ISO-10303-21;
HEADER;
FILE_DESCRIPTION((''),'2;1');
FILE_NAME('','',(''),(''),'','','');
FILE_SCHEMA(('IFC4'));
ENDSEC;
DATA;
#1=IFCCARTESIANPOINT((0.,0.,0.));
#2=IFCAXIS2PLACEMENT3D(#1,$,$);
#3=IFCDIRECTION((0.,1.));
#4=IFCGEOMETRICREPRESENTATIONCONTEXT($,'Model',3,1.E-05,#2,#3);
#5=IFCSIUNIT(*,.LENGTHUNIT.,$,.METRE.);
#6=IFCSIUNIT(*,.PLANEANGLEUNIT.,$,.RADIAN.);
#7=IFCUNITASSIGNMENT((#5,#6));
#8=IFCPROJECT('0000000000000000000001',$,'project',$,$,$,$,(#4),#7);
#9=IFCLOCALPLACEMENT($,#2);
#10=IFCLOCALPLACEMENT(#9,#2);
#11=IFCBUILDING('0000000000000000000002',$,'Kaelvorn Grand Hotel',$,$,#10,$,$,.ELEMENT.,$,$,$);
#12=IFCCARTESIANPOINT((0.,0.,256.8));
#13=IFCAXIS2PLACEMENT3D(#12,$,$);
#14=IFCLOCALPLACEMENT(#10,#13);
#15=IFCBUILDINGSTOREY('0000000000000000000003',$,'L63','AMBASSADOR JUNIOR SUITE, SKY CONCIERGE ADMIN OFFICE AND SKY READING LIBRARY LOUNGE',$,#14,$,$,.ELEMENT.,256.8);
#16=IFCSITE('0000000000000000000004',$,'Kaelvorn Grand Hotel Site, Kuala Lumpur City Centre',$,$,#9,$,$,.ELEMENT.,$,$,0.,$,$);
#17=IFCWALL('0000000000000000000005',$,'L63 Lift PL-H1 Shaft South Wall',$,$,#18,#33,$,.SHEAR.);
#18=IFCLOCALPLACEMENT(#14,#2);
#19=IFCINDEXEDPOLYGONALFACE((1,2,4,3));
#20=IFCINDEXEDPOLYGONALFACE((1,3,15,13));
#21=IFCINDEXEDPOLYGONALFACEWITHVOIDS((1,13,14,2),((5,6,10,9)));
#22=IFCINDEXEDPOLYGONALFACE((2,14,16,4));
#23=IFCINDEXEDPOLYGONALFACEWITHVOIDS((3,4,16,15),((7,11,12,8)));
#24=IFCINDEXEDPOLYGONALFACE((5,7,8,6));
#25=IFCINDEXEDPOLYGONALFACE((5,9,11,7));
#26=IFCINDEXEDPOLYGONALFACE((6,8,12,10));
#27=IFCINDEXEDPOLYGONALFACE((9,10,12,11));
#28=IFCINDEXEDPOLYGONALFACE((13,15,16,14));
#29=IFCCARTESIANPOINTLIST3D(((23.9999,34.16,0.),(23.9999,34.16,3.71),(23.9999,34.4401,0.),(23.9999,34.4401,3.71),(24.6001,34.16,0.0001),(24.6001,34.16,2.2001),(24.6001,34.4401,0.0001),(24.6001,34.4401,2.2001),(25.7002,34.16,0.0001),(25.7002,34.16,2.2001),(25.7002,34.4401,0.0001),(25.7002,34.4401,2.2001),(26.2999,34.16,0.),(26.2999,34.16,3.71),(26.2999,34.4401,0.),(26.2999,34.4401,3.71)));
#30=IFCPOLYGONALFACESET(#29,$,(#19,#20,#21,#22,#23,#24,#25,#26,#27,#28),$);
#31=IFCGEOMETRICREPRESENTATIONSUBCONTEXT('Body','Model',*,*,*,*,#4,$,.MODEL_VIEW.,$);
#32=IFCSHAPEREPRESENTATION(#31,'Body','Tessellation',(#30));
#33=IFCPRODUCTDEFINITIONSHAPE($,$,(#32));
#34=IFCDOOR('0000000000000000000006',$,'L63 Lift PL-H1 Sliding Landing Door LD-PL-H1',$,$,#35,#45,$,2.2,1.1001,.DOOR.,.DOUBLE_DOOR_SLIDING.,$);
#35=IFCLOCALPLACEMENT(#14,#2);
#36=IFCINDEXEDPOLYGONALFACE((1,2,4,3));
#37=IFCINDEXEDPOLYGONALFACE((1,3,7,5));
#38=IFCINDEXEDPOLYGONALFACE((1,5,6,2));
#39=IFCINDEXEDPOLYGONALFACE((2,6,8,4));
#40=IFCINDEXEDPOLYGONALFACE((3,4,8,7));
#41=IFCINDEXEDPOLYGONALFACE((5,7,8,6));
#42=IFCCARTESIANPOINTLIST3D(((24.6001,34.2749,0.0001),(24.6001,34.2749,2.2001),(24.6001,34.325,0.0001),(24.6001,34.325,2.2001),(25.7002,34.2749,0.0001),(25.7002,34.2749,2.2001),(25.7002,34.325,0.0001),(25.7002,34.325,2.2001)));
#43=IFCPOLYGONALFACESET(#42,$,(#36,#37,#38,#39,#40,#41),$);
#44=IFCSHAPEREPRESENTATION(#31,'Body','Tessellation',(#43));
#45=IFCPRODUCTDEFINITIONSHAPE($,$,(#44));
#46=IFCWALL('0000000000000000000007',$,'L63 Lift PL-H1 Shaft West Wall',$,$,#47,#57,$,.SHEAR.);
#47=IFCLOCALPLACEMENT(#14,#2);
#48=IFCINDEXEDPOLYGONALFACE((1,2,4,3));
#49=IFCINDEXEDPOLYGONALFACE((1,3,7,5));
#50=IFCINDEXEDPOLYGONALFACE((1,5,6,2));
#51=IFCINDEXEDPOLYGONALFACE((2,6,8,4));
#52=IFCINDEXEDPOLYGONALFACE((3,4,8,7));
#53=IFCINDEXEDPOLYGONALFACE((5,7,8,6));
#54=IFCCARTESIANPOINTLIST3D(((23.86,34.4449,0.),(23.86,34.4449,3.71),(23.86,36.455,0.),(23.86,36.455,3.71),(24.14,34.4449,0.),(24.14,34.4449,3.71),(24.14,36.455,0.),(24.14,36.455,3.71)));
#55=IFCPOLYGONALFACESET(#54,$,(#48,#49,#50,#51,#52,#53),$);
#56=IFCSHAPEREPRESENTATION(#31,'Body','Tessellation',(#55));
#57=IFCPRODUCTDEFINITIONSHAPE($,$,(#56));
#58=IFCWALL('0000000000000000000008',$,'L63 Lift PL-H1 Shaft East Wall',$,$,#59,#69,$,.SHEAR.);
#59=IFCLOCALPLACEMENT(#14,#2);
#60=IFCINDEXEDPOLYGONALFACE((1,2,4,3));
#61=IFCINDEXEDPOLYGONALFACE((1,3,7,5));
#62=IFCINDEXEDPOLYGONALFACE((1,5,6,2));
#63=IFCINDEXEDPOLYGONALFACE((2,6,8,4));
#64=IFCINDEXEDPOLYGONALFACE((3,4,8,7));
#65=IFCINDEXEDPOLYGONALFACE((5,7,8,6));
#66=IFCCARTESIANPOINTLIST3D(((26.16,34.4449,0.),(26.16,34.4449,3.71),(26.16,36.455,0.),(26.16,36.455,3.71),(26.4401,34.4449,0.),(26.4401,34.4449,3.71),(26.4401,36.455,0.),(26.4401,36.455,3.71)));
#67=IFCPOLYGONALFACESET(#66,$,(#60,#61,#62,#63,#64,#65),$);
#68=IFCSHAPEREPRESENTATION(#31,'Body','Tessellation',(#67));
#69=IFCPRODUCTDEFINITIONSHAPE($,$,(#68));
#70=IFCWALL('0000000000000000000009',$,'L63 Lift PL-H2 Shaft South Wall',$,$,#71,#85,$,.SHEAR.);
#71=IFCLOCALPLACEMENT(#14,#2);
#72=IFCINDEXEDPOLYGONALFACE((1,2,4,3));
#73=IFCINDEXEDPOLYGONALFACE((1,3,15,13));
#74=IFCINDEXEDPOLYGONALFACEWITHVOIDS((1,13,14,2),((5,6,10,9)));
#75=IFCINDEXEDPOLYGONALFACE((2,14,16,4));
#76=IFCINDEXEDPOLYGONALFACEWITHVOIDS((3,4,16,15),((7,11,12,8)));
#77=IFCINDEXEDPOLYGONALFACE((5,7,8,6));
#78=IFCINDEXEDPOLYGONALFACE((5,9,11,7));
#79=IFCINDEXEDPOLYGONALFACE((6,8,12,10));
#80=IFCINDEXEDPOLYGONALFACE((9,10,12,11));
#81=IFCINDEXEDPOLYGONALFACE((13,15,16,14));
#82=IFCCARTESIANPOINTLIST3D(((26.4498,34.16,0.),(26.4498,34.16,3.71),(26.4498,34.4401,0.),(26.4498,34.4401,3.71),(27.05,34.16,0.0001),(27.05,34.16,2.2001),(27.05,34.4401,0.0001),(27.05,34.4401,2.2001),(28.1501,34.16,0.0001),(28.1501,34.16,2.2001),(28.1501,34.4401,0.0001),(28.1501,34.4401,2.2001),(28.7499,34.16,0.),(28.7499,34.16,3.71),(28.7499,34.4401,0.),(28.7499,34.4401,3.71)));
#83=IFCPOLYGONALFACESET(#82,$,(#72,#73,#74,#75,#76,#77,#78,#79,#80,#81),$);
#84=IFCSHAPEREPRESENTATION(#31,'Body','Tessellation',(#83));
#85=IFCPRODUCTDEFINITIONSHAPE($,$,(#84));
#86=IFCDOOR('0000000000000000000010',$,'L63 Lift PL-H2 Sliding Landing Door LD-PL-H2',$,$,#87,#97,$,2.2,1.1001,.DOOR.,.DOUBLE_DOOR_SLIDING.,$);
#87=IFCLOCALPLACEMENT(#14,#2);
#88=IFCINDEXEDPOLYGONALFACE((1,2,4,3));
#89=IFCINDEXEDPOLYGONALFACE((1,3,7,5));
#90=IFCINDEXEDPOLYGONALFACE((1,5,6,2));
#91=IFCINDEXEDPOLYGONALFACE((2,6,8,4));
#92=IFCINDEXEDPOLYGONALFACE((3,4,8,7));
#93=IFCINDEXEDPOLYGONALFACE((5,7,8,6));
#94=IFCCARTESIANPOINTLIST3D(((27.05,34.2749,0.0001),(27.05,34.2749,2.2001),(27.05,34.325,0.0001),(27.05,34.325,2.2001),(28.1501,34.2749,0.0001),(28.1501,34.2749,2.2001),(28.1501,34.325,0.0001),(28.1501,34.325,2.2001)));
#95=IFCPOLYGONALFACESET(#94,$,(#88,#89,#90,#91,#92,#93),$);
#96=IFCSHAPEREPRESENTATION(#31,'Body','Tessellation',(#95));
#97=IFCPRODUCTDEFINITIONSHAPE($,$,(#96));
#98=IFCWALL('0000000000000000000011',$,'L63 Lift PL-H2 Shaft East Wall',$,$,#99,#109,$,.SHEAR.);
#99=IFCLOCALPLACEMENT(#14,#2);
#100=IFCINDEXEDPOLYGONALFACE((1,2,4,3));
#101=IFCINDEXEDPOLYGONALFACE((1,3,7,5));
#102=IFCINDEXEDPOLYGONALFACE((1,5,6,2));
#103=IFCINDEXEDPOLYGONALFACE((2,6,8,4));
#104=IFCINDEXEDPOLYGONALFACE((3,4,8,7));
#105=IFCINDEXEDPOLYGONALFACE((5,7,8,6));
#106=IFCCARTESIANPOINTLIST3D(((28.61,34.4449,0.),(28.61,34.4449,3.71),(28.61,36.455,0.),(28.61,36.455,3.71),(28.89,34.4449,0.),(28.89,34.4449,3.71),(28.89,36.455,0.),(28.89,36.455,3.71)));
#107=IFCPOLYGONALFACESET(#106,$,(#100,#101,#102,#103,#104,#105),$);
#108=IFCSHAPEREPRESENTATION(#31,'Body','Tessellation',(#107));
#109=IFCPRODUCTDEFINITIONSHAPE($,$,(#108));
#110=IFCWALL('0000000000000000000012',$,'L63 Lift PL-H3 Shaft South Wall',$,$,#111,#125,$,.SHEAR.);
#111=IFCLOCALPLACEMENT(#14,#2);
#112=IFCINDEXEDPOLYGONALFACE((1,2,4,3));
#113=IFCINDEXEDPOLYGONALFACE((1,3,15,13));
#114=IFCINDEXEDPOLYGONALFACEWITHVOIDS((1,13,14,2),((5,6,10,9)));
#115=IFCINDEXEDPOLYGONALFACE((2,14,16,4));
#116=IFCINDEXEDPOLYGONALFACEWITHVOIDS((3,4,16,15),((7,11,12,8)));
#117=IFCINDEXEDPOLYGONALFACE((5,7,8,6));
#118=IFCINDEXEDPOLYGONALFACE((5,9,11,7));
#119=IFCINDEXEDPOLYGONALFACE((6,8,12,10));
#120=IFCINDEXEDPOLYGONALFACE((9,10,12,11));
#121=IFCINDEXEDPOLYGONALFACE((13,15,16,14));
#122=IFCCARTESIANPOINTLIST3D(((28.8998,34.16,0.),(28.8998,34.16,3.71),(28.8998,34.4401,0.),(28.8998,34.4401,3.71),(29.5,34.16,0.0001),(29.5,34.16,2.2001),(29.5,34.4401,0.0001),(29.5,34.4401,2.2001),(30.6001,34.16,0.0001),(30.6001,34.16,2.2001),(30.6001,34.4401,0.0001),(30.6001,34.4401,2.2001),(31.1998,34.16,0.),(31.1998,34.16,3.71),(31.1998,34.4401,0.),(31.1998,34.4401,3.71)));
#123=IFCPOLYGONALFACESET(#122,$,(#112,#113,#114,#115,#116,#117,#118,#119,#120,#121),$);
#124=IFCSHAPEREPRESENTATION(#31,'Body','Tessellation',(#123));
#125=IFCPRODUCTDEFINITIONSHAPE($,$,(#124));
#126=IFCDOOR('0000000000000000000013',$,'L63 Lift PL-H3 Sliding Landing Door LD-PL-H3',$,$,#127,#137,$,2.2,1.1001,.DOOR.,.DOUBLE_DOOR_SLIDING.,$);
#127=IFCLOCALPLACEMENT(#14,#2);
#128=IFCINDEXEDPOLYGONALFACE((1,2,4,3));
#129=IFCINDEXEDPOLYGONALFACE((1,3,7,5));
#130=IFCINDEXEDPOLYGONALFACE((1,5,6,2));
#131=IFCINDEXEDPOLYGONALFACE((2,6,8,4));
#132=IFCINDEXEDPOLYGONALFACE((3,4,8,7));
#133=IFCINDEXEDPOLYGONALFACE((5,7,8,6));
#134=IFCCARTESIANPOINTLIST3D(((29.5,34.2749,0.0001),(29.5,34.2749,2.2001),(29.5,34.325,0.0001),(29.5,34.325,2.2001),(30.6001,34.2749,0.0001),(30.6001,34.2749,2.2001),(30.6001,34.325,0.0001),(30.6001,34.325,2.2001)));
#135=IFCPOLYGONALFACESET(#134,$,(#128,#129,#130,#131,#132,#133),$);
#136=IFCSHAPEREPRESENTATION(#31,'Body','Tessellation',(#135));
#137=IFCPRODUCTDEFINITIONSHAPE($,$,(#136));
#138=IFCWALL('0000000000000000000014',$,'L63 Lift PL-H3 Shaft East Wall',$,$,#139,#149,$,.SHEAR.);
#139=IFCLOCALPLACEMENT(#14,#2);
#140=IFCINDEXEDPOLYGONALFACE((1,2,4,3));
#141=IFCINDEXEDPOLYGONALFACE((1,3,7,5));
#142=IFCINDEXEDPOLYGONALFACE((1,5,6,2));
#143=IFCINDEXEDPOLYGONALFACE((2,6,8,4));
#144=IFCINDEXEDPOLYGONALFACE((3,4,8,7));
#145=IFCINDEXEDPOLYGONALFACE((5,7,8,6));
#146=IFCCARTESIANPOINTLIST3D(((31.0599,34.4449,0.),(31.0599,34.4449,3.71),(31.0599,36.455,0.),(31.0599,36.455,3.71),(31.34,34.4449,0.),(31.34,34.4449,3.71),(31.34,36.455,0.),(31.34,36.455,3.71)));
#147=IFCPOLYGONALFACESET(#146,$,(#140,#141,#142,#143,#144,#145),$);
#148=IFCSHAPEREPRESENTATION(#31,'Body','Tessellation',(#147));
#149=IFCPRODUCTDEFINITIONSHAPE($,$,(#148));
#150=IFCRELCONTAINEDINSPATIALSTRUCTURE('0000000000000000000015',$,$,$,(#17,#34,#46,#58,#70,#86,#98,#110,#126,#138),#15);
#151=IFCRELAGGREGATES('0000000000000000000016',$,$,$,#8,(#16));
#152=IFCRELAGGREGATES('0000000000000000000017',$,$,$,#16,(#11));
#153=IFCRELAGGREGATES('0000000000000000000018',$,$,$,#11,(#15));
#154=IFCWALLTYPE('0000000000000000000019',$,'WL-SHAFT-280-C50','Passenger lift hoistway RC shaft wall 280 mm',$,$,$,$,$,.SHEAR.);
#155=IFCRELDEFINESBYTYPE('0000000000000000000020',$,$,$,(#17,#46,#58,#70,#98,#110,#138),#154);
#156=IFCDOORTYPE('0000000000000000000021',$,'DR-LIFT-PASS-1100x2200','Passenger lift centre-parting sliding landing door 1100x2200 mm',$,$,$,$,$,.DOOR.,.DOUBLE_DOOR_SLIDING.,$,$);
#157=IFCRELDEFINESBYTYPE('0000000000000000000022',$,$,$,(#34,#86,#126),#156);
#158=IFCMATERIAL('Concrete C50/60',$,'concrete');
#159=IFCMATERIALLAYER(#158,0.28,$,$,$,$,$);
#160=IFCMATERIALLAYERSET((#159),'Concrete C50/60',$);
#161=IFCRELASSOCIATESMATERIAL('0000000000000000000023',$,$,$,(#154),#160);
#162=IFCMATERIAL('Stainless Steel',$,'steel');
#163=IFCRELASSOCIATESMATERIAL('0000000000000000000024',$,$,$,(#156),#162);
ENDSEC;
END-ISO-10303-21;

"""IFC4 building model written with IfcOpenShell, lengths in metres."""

from ifc_helpers import new_model, si_unit, direction, frame, frame_2d, origin, place, context, subcontext, project, spatial, rectangle, extrude, material, layer, layer_set, type_object, element, fill, save


model = new_model("IFC4")

# Units and contexts
model_context = context("Model", 3, precision=1e-05, world=origin(), true_north=direction((0.0, 1.0)))
body_context = subcontext(model_context, "Body", "Model", "MODEL_VIEW")
ifc_project = project(units=[si_unit("LENGTHUNIT", "METRE"), si_unit("PLANEANGLEUNIT", "RADIAN")], contexts=[model_context])

# Site, building, storey
site_placement = place(None, origin())
site = spatial("IfcSite", under=ifc_project, at=site_placement, Name="Kaelvorn Grand Hotel Site, Kuala Lumpur City Centre", CompositionType="ELEMENT", RefElevation=0.0)
building_placement = place(site_placement, origin())
building = spatial("IfcBuilding", under=site, at=building_placement, Name="Kaelvorn Grand Hotel", CompositionType="ELEMENT")
storey_placement = place(building_placement, frame((0.0, 0.0, 256.8)))
storey = spatial("IfcBuildingStorey", under=building, at=storey_placement, Name="L63", Description="AMBASSADOR JUNIOR SUITE, SKY CONCIERGE ADMIN OFFICE AND SKY READING LIBRARY LOUNGE", CompositionType="ELEMENT", Elevation=256.8)

# Shared definitions
ifc_material_1 = material(Name="Concrete C50/60", Category="concrete")

# Wall, opening, door
ifc_layer_1 = layer(ifc_material_1, 0.28)
ifc_layer_set_1 = layer_set([ifc_layer_1], Name="Concrete C50/60")
wall_type_1 = type_object("IfcWallType", Name="WL-SHAFT-280-C50", Description="Passenger lift hoistway RC shaft wall 280 mm", PredefinedType="SHEAR", material=ifc_layer_set_1)
wall_1_placement = place(storey_placement, frame((24.0, 34.3, 0.0), z_axis=(0.0, 0.0, 1.0), x_axis=(1.0, 0.0, 0.0)))
wall_1 = element("IfcWall", 1, at=wall_1_placement, inside=storey, type_object=wall_type_1, Name="L63 Lift PL-H1 Shaft South Wall", PredefinedType="SHEAR", context=body_context, shape_type="SweptSolid", body=[
    extrude(rectangle(XDim=2.3, YDim=0.28, at=frame_2d((1.1499, 0.0))), origin(), (0.0, 0.0, 1.0), 3.71),
])
opening_1_placement = place(wall_1_placement, frame((0.6001, 0.0, 0.0)))
opening_1 = element("IfcOpeningElement", 2, at=opening_1_placement, cuts=wall_1, PredefinedType="OPENING", context=body_context, shape_type="SweptSolid", body=[
    extrude(rectangle(XDim=1.1001, YDim=2.2, at=frame_2d((0.55, 1.1001))), frame((0.0, 0.1499, 0.0), z_axis=(0.0, -1.0, 0.0), x_axis=(1.0, 0.0, 0.0)), (0.0, 0.0, 1.0), 0.3),
])
ifc_material_2 = material(Name="Stainless Steel", Category="steel")
door_type_1 = type_object("IfcDoorType", Name="DR-LIFT-PASS-1100x2200", Description="Passenger lift centre-parting sliding landing door 1100x2200 mm", OperationType="DOUBLE_DOOR_SLIDING", PredefinedType="DOOR", material=ifc_material_2)
door_1_placement = place(opening_1_placement, origin())
door_1 = element("IfcDoor", 3, at=door_1_placement, inside=storey, type_object=door_type_1, Name="L63 Lift PL-H1 Sliding Landing Door LD-PL-H1", OperationType="DOUBLE_DOOR_SLIDING", OverallHeight=2.2, OverallWidth=1.1001, PredefinedType="DOOR", context=body_context, shape_type="SweptSolid", body=[
    extrude(rectangle(XDim=1.1001, YDim=2.2, at=frame_2d((0.55, 1.1001))), frame((0.0, 0.0249, 0.0), z_axis=(0.0, -1.0, 0.0), x_axis=(1.0, 0.0, 0.0)), (0.0, 0.0, 1.0), 0.05),
])
fill(opening_1, door_1)

# Walls
for number, where, z_axis, x_axis, name in (
    (4, (24.0, 34.4451, 0.0), (0.0, 0.0, 1.0), (0.0, 1.0, 0.0), "L63 Lift PL-H1 Shaft West Wall"),
    (5, (26.3, 34.4451, 0.0), (0.0, 0.0, 1.0), (0.0, 1.0, 0.0), "L63 Lift PL-H1 Shaft East Wall"),
):
    element("IfcWall", number, at=place(storey_placement, frame(where, z_axis=z_axis, x_axis=x_axis)), inside=storey, type_object=wall_type_1, Name=name, PredefinedType="SHEAR", context=body_context, shape_type="SweptSolid", body=[
        extrude(rectangle(XDim=2.01, YDim=0.28, at=frame_2d((1.0049, 0.0))), origin(), (0.0, 0.0, 1.0), 3.71),
    ])

# Wall, opening, door
wall_2_placement = place(storey_placement, frame((26.45, 34.3, 0.0), z_axis=(0.0, 0.0, 1.0), x_axis=(1.0, 0.0, 0.0)))
wall_2 = element("IfcWall", 6, at=wall_2_placement, inside=storey, type_object=wall_type_1, Name="L63 Lift PL-H2 Shaft South Wall", PredefinedType="SHEAR", context=body_context, shape_type="SweptSolid", body=[
    extrude(rectangle(XDim=2.3, YDim=0.28, at=frame_2d((1.1499, 0.0))), origin(), (0.0, 0.0, 1.0), 3.71),
])
opening_2_placement = place(wall_2_placement, frame((0.6001, 0.0, 0.0)))
opening_2 = element("IfcOpeningElement", 7, at=opening_2_placement, cuts=wall_2, PredefinedType="OPENING", context=body_context, shape_type="SweptSolid", body=[
    extrude(rectangle(XDim=1.1001, YDim=2.2, at=frame_2d((0.55, 1.1001))), frame((0.0, 0.1499, 0.0), z_axis=(0.0, -1.0, 0.0), x_axis=(1.0, 0.0, 0.0)), (0.0, 0.0, 1.0), 0.3),
])
door_2_placement = place(opening_2_placement, origin())
door_2 = element("IfcDoor", 8, at=door_2_placement, inside=storey, type_object=door_type_1, Name="L63 Lift PL-H2 Sliding Landing Door LD-PL-H2", OperationType="DOUBLE_DOOR_SLIDING", OverallHeight=2.2, OverallWidth=1.1001, PredefinedType="DOOR", context=body_context, shape_type="SweptSolid", body=[
    extrude(rectangle(XDim=1.1001, YDim=2.2, at=frame_2d((0.55, 1.1001))), frame((0.0, 0.0249, 0.0), z_axis=(0.0, -1.0, 0.0), x_axis=(1.0, 0.0, 0.0)), (0.0, 0.0, 1.0), 0.05),
])
fill(opening_2, door_2)

# Wall
wall_3_placement = place(storey_placement, frame((28.75, 34.4451, 0.0), z_axis=(0.0, 0.0, 1.0), x_axis=(0.0, 1.0, 0.0)))
element("IfcWall", 9, at=wall_3_placement, inside=storey, type_object=wall_type_1, Name="L63 Lift PL-H2 Shaft East Wall", PredefinedType="SHEAR", context=body_context, shape_type="SweptSolid", body=[
    extrude(rectangle(XDim=2.01, YDim=0.28, at=frame_2d((1.0049, 0.0))), origin(), (0.0, 0.0, 1.0), 3.71),
])

# Wall, opening, door
wall_4_placement = place(storey_placement, frame((28.8999, 34.3, 0.0), z_axis=(0.0, 0.0, 1.0), x_axis=(1.0, 0.0, 0.0)))
wall_4 = element("IfcWall", 10, at=wall_4_placement, inside=storey, type_object=wall_type_1, Name="L63 Lift PL-H3 Shaft South Wall", PredefinedType="SHEAR", context=body_context, shape_type="SweptSolid", body=[
    extrude(rectangle(XDim=2.3, YDim=0.28, at=frame_2d((1.1499, 0.0))), origin(), (0.0, 0.0, 1.0), 3.71),
])
opening_3_placement = place(wall_4_placement, frame((0.6001, 0.0, 0.0)))
opening_3 = element("IfcOpeningElement", 11, at=opening_3_placement, cuts=wall_4, PredefinedType="OPENING", context=body_context, shape_type="SweptSolid", body=[
    extrude(rectangle(XDim=1.1001, YDim=2.2, at=frame_2d((0.55, 1.1001))), frame((0.0, 0.1499, 0.0), z_axis=(0.0, -1.0, 0.0), x_axis=(1.0, 0.0, 0.0)), (0.0, 0.0, 1.0), 0.3),
])
door_3_placement = place(opening_3_placement, origin())
door_3 = element("IfcDoor", 12, at=door_3_placement, inside=storey, type_object=door_type_1, Name="L63 Lift PL-H3 Sliding Landing Door LD-PL-H3", OperationType="DOUBLE_DOOR_SLIDING", OverallHeight=2.2, OverallWidth=1.1001, PredefinedType="DOOR", context=body_context, shape_type="SweptSolid", body=[
    extrude(rectangle(XDim=1.1001, YDim=2.2, at=frame_2d((0.55, 1.1001))), frame((0.0, 0.0249, 0.0), z_axis=(0.0, -1.0, 0.0), x_axis=(1.0, 0.0, 0.0)), (0.0, 0.0, 1.0), 0.05),
])
fill(opening_3, door_3)

# Wall
wall_5_placement = place(storey_placement, frame((31.2, 34.4451, 0.0), z_axis=(0.0, 0.0, 1.0), x_axis=(0.0, 1.0, 0.0)))
element("IfcWall", 13, at=wall_5_placement, inside=storey, type_object=wall_type_1, Name="L63 Lift PL-H3 Shaft East Wall", PredefinedType="SHEAR", context=body_context, shape_type="SweptSolid", body=[
    extrude(rectangle(XDim=2.01, YDim=0.28, at=frame_2d((1.0049, 0.0))), origin(), (0.0, 0.0, 1.0), 3.71),
])

save(model, "model.ifc")
